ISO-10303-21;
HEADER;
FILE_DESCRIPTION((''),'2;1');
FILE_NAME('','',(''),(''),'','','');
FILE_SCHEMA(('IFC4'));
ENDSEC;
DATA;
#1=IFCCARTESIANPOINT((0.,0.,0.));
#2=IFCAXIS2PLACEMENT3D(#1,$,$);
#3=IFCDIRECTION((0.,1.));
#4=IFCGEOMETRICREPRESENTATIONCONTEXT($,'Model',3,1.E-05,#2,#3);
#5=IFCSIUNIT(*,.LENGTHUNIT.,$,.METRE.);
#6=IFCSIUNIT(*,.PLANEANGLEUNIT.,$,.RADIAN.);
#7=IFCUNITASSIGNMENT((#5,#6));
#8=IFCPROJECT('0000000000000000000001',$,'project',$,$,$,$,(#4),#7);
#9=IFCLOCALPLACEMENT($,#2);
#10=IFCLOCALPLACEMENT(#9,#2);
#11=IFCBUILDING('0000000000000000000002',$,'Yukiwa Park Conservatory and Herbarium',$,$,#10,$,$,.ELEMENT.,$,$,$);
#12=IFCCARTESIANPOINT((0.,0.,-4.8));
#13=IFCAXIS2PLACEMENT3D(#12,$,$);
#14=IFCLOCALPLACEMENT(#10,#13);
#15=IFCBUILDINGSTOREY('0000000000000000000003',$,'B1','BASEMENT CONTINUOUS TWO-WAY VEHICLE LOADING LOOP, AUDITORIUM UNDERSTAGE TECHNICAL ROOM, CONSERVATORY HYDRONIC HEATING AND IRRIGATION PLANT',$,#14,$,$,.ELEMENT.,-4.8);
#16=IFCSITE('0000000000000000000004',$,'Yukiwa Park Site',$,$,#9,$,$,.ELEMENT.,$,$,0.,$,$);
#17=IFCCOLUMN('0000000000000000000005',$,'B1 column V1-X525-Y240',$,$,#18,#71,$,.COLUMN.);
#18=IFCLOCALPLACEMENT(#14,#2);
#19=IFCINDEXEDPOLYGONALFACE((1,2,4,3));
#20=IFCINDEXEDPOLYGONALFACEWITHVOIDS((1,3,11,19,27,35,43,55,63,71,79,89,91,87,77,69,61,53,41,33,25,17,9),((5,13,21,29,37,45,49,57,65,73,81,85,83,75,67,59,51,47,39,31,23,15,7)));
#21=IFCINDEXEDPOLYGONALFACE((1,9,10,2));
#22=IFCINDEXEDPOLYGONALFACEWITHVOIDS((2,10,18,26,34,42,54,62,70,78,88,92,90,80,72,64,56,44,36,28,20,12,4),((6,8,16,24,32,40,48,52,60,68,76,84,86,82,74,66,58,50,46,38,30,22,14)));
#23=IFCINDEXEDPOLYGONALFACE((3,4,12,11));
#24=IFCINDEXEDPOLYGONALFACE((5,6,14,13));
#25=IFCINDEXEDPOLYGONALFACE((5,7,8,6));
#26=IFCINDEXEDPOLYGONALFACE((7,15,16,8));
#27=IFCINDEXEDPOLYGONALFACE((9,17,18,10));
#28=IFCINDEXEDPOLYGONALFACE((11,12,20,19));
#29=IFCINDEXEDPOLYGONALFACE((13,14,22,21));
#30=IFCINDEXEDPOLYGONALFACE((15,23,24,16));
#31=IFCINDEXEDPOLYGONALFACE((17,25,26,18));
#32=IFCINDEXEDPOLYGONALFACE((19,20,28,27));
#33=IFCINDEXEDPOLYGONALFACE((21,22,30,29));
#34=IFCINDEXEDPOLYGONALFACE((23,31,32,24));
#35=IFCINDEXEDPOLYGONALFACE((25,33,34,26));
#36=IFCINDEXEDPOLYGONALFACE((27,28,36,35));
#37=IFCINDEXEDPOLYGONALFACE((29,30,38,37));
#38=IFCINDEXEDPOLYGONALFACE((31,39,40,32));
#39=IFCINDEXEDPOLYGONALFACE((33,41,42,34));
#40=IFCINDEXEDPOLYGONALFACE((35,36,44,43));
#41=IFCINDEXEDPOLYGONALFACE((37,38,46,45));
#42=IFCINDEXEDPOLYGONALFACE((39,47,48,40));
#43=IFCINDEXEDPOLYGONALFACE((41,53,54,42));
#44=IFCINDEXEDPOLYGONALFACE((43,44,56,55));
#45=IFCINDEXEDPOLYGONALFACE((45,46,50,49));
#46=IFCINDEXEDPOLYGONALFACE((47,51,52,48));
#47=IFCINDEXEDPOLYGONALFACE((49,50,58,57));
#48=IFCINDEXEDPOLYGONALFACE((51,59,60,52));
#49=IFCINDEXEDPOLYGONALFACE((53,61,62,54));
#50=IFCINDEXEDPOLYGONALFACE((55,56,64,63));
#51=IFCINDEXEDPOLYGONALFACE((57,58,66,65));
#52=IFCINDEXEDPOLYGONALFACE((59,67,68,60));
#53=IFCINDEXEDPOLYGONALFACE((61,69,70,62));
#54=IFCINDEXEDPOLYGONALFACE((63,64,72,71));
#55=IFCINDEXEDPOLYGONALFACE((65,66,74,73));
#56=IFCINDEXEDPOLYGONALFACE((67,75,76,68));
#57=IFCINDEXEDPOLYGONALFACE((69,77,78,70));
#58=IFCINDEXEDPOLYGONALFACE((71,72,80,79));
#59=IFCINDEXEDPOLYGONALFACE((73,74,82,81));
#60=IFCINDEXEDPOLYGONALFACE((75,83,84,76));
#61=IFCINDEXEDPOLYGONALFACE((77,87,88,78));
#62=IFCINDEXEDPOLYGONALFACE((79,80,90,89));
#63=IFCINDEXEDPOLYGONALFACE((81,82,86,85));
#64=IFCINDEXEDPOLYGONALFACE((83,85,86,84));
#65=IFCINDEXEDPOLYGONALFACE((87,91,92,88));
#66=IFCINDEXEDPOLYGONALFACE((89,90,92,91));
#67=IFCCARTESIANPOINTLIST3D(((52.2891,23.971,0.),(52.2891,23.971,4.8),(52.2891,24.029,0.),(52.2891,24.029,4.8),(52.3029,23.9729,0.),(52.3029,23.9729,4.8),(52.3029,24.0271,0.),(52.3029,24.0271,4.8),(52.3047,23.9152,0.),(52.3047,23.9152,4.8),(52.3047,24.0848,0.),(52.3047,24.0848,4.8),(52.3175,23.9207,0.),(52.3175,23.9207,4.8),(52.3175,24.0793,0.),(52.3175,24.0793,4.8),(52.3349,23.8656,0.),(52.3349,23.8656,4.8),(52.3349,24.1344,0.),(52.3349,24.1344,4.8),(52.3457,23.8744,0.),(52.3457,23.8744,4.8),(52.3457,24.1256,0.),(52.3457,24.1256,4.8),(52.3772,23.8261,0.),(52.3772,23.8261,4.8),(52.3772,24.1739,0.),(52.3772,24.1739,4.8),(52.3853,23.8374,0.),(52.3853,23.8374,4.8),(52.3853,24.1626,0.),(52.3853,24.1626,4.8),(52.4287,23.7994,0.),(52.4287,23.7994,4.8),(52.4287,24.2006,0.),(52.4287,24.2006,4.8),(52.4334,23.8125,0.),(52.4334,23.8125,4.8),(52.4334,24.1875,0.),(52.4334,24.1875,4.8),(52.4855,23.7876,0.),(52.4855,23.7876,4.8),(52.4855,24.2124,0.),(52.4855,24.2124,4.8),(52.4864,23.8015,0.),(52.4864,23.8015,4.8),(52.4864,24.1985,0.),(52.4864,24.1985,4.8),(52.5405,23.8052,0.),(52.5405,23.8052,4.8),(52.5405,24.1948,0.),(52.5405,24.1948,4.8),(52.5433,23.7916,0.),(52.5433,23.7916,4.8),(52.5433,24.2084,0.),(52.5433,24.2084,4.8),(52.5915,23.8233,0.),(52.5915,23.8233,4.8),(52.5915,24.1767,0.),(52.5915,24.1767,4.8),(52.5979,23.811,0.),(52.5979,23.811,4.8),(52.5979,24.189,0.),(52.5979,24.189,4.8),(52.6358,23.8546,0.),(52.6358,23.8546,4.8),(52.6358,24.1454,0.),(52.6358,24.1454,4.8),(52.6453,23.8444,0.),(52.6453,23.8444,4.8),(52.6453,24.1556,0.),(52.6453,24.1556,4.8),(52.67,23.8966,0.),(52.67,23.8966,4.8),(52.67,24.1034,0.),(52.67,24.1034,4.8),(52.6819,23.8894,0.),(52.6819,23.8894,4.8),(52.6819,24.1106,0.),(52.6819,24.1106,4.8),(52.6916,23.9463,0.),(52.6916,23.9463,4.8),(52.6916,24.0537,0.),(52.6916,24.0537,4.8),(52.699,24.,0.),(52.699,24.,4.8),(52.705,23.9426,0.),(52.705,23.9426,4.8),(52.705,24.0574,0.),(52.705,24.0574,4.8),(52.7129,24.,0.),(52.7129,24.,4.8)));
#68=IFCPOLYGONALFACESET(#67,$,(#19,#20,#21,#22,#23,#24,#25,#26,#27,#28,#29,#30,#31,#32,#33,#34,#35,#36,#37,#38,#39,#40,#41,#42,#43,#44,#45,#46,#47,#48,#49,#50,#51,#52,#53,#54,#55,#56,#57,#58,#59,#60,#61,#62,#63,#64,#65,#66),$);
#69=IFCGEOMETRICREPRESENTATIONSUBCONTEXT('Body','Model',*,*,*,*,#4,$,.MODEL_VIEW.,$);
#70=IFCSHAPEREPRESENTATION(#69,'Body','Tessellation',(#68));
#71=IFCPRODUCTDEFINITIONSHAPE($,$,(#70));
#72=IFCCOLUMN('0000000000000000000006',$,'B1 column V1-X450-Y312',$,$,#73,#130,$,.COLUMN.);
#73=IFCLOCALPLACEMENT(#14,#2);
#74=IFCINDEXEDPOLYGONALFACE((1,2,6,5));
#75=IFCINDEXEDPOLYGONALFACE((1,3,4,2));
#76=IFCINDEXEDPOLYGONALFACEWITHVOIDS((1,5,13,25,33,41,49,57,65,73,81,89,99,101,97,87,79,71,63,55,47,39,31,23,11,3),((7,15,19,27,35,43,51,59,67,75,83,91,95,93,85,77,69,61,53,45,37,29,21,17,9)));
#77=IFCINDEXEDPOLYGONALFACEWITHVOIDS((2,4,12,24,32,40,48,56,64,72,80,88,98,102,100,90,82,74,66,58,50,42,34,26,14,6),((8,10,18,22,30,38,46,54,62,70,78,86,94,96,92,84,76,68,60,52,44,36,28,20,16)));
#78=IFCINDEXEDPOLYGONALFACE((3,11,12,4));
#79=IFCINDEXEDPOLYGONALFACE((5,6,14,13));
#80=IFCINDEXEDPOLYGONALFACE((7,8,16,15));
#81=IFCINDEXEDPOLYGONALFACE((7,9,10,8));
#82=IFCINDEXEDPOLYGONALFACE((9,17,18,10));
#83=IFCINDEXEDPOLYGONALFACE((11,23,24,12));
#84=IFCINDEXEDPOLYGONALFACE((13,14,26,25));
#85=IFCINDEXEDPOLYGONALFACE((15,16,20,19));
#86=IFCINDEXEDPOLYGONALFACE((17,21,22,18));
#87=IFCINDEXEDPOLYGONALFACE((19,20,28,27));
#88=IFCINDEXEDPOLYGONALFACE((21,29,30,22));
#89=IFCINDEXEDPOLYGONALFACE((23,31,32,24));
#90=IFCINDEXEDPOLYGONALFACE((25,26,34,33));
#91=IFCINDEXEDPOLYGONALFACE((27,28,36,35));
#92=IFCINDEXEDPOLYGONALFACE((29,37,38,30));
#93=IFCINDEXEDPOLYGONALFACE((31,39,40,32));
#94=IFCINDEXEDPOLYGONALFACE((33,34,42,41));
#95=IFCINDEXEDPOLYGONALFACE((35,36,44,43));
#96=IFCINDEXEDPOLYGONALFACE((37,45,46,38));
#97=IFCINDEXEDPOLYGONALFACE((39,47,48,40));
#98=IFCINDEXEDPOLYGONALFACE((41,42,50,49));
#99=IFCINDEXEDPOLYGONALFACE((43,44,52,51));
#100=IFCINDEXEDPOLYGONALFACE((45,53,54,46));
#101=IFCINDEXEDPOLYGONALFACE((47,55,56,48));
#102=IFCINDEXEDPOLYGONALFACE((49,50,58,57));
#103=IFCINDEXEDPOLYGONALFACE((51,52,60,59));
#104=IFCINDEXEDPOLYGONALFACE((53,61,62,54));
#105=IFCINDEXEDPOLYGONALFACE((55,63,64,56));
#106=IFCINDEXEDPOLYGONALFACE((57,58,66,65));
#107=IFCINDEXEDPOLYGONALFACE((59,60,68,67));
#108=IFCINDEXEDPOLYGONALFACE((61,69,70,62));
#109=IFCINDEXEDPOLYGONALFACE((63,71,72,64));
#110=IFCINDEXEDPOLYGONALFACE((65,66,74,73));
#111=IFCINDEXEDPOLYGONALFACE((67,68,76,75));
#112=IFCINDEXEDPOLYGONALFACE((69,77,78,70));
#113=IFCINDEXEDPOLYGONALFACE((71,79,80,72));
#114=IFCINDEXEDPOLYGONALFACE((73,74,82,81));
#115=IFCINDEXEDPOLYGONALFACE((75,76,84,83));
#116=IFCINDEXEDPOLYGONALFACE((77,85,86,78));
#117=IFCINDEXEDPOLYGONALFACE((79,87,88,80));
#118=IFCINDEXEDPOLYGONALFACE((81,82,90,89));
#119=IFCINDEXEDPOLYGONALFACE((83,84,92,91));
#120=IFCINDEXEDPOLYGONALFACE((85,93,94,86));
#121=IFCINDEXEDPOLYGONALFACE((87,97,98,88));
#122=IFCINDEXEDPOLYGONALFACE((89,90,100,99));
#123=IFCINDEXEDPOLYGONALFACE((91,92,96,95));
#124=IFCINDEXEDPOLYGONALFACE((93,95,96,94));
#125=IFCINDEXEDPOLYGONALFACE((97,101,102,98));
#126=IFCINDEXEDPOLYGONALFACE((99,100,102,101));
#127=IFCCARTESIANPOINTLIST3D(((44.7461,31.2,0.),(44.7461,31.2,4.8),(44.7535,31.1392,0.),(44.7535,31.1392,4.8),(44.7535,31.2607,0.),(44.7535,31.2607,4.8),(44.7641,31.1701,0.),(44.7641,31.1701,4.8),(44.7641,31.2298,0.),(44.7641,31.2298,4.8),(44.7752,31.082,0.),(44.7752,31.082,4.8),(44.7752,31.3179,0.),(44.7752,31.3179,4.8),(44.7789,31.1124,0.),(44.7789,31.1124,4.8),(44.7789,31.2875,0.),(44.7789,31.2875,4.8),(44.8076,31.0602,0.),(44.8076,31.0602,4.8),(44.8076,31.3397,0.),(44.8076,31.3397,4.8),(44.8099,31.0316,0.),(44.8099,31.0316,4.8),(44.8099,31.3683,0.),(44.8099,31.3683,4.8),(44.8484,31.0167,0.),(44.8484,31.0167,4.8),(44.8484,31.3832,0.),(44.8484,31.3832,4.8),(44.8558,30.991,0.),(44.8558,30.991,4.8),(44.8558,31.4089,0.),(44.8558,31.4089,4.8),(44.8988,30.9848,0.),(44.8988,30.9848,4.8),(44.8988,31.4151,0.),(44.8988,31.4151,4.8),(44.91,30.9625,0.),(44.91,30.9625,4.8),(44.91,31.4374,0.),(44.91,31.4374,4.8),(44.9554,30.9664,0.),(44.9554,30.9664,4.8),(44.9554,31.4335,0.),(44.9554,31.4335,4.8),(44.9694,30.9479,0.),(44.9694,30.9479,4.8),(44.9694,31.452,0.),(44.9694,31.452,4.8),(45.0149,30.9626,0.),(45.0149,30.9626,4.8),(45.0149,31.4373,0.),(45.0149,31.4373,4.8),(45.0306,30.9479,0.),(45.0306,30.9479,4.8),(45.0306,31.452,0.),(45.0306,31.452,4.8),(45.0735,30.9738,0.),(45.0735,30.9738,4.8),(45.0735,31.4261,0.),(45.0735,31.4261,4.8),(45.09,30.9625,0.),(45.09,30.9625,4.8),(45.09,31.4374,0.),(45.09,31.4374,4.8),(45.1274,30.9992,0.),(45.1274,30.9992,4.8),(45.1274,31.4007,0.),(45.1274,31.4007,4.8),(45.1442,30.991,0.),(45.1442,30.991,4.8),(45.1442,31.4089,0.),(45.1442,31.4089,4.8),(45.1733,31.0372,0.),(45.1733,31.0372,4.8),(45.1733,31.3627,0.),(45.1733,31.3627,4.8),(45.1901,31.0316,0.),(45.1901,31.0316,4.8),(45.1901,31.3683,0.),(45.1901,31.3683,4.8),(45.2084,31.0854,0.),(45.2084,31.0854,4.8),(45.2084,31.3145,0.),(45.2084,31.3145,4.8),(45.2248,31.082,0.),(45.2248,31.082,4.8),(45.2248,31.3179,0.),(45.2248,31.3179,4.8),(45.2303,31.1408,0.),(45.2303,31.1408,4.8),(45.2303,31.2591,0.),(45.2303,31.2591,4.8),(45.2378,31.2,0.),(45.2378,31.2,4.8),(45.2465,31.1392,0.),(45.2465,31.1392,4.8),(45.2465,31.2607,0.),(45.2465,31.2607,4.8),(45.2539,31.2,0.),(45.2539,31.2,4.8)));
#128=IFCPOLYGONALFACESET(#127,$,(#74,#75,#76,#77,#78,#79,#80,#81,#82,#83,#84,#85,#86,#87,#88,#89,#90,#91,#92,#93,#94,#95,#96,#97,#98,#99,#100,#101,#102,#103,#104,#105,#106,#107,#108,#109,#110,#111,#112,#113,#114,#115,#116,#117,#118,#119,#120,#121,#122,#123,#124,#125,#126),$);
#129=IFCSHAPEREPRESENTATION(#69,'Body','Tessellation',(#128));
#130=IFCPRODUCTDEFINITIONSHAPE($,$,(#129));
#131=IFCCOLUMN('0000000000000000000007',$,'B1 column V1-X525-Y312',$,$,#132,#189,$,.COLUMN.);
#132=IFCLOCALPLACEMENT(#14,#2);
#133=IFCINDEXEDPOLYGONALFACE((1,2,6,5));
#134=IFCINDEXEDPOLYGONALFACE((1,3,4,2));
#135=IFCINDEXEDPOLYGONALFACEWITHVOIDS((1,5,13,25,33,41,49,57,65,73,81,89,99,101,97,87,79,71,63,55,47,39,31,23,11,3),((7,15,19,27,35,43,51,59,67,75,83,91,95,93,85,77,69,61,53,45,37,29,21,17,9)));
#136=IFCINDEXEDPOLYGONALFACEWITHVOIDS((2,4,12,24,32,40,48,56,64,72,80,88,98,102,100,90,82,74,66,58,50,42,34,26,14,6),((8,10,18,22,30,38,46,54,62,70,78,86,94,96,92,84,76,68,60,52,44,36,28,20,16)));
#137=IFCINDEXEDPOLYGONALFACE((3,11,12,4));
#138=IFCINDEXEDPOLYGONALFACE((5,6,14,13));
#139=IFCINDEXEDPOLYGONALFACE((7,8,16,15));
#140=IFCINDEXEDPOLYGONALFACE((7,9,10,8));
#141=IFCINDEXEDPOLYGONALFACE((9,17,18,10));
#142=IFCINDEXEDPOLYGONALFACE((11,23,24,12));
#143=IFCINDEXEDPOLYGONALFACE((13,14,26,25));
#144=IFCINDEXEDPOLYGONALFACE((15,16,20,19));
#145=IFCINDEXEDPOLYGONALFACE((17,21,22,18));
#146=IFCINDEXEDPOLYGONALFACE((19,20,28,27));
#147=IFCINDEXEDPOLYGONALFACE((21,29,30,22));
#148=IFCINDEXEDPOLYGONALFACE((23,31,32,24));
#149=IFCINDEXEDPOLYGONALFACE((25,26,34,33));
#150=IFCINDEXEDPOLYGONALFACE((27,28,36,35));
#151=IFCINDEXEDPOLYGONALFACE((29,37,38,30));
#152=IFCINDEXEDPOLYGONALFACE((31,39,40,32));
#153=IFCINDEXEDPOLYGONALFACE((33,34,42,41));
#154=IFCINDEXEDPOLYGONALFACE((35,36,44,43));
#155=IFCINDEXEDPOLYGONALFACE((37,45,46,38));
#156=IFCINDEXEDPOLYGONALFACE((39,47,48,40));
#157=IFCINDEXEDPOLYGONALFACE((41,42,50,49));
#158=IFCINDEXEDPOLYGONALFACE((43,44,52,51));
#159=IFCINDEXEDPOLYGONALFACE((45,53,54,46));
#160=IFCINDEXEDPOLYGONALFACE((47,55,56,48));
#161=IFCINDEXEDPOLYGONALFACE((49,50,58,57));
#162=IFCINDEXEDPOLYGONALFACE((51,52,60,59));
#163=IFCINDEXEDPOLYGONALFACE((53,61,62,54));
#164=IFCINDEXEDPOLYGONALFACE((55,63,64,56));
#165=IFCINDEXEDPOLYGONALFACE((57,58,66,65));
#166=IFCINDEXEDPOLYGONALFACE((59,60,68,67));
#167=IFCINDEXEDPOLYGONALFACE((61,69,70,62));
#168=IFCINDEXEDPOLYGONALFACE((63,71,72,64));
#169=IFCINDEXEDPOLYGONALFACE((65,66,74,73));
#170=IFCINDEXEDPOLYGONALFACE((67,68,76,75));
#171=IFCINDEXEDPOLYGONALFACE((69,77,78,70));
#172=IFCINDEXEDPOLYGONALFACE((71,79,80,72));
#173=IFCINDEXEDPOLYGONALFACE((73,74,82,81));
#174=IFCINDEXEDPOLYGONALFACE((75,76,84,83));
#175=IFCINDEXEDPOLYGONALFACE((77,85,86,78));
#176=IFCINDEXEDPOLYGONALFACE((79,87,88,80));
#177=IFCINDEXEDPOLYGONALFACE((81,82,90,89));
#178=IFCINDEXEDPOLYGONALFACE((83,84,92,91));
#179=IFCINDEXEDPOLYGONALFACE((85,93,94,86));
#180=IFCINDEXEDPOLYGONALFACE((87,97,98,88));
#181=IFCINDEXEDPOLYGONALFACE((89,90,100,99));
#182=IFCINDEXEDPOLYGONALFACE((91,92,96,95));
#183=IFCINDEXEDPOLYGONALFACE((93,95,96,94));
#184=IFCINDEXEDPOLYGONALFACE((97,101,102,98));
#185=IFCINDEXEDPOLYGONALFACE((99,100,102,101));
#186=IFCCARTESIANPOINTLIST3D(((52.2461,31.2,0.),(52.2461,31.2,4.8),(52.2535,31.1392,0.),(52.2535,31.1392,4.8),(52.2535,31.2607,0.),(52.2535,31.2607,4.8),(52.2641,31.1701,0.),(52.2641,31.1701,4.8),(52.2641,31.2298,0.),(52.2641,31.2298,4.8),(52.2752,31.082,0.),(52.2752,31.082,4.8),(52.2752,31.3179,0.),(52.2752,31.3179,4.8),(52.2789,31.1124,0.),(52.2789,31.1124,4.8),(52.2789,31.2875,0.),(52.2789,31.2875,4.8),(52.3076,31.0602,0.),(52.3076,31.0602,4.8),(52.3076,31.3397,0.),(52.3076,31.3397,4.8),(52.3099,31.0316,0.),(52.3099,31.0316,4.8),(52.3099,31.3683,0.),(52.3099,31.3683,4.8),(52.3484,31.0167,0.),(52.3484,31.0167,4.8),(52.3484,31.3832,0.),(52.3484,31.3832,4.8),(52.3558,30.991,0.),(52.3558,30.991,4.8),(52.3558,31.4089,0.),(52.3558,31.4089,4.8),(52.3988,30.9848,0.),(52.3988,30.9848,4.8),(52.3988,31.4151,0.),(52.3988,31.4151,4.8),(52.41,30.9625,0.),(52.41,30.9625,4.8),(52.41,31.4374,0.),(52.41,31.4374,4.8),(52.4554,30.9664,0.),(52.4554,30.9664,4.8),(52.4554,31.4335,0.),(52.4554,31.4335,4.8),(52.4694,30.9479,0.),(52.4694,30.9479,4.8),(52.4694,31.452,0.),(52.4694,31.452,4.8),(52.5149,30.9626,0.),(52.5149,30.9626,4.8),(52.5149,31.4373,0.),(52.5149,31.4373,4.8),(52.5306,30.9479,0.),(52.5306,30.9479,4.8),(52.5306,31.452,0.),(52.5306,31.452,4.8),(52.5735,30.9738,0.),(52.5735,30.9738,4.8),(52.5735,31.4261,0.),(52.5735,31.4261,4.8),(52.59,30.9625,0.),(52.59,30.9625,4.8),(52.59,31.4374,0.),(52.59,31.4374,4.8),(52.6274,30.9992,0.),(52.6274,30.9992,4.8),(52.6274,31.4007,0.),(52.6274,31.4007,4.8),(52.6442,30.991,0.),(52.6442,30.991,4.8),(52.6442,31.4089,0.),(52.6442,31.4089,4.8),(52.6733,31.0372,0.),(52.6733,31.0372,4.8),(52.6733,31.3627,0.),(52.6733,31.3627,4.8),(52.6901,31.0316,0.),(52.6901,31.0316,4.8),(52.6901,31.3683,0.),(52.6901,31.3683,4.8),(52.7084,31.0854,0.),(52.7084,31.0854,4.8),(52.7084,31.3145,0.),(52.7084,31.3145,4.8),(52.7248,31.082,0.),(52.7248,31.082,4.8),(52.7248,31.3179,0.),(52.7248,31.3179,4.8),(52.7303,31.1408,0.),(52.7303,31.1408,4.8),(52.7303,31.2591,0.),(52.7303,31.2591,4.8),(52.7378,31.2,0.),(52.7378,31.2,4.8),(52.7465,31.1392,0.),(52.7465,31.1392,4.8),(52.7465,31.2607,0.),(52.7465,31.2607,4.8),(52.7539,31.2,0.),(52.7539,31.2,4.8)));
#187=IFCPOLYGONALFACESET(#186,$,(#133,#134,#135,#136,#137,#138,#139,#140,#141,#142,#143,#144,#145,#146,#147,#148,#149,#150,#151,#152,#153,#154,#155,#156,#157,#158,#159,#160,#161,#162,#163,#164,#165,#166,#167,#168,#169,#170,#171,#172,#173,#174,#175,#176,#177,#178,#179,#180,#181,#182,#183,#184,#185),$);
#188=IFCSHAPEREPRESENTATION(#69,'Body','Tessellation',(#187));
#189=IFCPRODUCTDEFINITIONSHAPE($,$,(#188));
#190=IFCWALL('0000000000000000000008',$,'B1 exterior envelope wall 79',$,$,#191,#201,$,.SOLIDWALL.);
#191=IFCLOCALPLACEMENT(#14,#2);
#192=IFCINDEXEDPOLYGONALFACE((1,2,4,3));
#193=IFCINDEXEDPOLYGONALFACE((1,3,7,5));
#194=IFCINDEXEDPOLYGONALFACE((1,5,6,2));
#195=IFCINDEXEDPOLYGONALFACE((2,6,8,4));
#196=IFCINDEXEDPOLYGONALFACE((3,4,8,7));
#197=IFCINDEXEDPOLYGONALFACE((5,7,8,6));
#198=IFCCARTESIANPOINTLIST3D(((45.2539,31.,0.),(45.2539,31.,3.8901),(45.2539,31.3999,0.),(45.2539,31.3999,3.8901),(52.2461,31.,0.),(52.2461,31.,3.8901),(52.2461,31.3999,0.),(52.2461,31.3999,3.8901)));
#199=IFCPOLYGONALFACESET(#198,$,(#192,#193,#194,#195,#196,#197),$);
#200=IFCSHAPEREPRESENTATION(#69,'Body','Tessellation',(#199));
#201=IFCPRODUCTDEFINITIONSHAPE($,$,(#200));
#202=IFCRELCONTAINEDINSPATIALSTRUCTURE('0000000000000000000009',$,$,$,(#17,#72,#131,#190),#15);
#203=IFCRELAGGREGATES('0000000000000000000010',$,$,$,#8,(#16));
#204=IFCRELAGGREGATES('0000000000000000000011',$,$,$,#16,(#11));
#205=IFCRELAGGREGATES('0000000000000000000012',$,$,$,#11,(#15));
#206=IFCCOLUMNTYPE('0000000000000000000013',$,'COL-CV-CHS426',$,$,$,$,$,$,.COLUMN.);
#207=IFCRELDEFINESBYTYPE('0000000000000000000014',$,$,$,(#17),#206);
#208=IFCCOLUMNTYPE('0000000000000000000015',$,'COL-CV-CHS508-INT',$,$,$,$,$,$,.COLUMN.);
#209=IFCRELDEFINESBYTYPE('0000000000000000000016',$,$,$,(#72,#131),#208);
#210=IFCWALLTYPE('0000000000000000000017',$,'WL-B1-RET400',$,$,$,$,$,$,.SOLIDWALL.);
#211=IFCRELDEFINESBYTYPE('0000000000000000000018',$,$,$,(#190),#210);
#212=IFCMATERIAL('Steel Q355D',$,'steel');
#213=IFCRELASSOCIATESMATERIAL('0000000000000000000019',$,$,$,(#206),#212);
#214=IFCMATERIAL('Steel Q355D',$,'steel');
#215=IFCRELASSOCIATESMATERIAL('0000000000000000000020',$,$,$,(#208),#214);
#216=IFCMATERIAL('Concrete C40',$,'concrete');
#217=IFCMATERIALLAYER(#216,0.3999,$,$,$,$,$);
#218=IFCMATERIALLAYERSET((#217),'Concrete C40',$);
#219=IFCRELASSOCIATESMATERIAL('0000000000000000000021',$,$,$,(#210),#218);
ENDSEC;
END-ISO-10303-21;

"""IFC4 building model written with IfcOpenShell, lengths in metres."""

from ifc_helpers import new_model, si_unit, direction, frame, frame_2d, origin, origin_2d, place, context, subcontext, project, spatial, rectangle, hollow_circle, extrude, material, layer, layer_set, material_profile, profile_set, type_object, element, save


model = new_model("IFC4")

# Units and contexts
model_context = context("Model", 3, precision=1e-05, world=origin(), true_north=direction((0.0, 1.0)))
body_context = subcontext(model_context, "Body", "Model", "MODEL_VIEW")
ifc_project = project(units=[si_unit("LENGTHUNIT", "METRE"), si_unit("PLANEANGLEUNIT", "RADIAN")], contexts=[model_context])

# Site, building, storey
site_placement = place(None, origin())
site = spatial("IfcSite", under=ifc_project, at=site_placement, Name="Yukiwa Park Site", CompositionType="ELEMENT", RefElevation=0.0)
building_placement = place(site_placement, origin())
building = spatial("IfcBuilding", under=site, at=building_placement, Name="Yukiwa Park Conservatory and Herbarium", CompositionType="ELEMENT")
storey_placement = place(building_placement, frame((0.0, 0.0, -4.8)))
storey = spatial("IfcBuildingStorey", under=building, at=storey_placement, Name="B1", Description="BASEMENT CONTINUOUS TWO-WAY VEHICLE LOADING LOOP, AUDITORIUM UNDERSTAGE TECHNICAL ROOM, CONSERVATORY HYDRONIC HEATING AND IRRIGATION PLANT", CompositionType="ELEMENT", Elevation=-4.8)

# Columns
ifc_material_1 = material(Name="Steel Q355D", Category="steel")
ifc_material_profile_1 = material_profile(ifc_material_1, hollow_circle(Radius=0.2129, WallThickness=0.0139, at=origin_2d()), Name="CHS 426x14")
ifc_profile_set_1 = profile_set([ifc_material_profile_1], Name="Steel Q355D")
column_type_1 = type_object("IfcColumnType", Name="COL-CV-CHS426", PredefinedType="COLUMN", material=ifc_profile_set_1)
column_1_placement = place(storey_placement, frame((52.5, 24.0, 0.0), z_axis=(0.0, 0.0, 1.0), x_axis=(1.0, 0.0, 0.0)))
element("IfcColumn", 1, at=column_1_placement, inside=storey, type_object=column_type_1, Name="B1 column V1-X525-Y240", PredefinedType="COLUMN", context=body_context, shape_type="SweptSolid", body=[
    extrude(hollow_circle(Radius=0.2129, WallThickness=0.0139, at=origin_2d()), origin(), (0.0, 0.0, 1.0), 4.8),
])
ifc_material_2 = material(Name="Steel Q355D", Category="steel")
ifc_material_profile_2 = material_profile(ifc_material_2, hollow_circle(Radius=0.2539, WallThickness=0.0161, at=origin_2d()), Name="CHS 508x16")
ifc_profile_set_2 = profile_set([ifc_material_profile_2], Name="Steel Q355D")
column_type_2 = type_object("IfcColumnType", Name="COL-CV-CHS508-INT", PredefinedType="COLUMN", material=ifc_profile_set_2)
for number, where, z_axis, x_axis, name in (
    (2, (45.0, 31.2, 0.0), (0.0, 0.0, 1.0), (1.0, 0.0, 0.0), "B1 column V1-X450-Y312"),
    (3, (52.5, 31.2, 0.0), (0.0, 0.0, 1.0), (1.0, 0.0, 0.0), "B1 column V1-X525-Y312"),
):
    element("IfcColumn", number, at=place(storey_placement, frame(where, z_axis=z_axis, x_axis=x_axis)), inside=storey, type_object=column_type_2, Name=name, PredefinedType="COLUMN", context=body_context, shape_type="SweptSolid", body=[
        extrude(hollow_circle(Radius=0.2539, WallThickness=0.0161, at=origin_2d()), origin(), (0.0, 0.0, 1.0), 4.8),
    ])

# Wall
ifc_material_3 = material(Name="Concrete C40", Category="concrete")
ifc_layer = layer(ifc_material_3, 0.3999)
ifc_layer_set = layer_set([ifc_layer], Name="Concrete C40")
wall_type = type_object("IfcWallType", Name="WL-B1-RET400", PredefinedType="SOLIDWALL", material=ifc_layer_set)
for number, where, z_axis, x_axis, name in (
    (4, (52.2461, 31.2, 0.0), (0.0, 0.0, 1.0), (-1.0, 0.0, 0.0), "B1 exterior envelope wall 79"),
):
    element("IfcWall", number, at=place(storey_placement, frame(where, z_axis=z_axis, x_axis=x_axis)), inside=storey, type_object=wall_type, Name=name, PredefinedType="SOLIDWALL", context=body_context, shape_type="SweptSolid", body=[
        extrude(rectangle(XDim=6.9922, YDim=0.3999, at=frame_2d((3.4961, 0.0))), origin(), (0.0, 0.0, 1.0), 3.8901),
    ])

save(model, "model.ifc")
